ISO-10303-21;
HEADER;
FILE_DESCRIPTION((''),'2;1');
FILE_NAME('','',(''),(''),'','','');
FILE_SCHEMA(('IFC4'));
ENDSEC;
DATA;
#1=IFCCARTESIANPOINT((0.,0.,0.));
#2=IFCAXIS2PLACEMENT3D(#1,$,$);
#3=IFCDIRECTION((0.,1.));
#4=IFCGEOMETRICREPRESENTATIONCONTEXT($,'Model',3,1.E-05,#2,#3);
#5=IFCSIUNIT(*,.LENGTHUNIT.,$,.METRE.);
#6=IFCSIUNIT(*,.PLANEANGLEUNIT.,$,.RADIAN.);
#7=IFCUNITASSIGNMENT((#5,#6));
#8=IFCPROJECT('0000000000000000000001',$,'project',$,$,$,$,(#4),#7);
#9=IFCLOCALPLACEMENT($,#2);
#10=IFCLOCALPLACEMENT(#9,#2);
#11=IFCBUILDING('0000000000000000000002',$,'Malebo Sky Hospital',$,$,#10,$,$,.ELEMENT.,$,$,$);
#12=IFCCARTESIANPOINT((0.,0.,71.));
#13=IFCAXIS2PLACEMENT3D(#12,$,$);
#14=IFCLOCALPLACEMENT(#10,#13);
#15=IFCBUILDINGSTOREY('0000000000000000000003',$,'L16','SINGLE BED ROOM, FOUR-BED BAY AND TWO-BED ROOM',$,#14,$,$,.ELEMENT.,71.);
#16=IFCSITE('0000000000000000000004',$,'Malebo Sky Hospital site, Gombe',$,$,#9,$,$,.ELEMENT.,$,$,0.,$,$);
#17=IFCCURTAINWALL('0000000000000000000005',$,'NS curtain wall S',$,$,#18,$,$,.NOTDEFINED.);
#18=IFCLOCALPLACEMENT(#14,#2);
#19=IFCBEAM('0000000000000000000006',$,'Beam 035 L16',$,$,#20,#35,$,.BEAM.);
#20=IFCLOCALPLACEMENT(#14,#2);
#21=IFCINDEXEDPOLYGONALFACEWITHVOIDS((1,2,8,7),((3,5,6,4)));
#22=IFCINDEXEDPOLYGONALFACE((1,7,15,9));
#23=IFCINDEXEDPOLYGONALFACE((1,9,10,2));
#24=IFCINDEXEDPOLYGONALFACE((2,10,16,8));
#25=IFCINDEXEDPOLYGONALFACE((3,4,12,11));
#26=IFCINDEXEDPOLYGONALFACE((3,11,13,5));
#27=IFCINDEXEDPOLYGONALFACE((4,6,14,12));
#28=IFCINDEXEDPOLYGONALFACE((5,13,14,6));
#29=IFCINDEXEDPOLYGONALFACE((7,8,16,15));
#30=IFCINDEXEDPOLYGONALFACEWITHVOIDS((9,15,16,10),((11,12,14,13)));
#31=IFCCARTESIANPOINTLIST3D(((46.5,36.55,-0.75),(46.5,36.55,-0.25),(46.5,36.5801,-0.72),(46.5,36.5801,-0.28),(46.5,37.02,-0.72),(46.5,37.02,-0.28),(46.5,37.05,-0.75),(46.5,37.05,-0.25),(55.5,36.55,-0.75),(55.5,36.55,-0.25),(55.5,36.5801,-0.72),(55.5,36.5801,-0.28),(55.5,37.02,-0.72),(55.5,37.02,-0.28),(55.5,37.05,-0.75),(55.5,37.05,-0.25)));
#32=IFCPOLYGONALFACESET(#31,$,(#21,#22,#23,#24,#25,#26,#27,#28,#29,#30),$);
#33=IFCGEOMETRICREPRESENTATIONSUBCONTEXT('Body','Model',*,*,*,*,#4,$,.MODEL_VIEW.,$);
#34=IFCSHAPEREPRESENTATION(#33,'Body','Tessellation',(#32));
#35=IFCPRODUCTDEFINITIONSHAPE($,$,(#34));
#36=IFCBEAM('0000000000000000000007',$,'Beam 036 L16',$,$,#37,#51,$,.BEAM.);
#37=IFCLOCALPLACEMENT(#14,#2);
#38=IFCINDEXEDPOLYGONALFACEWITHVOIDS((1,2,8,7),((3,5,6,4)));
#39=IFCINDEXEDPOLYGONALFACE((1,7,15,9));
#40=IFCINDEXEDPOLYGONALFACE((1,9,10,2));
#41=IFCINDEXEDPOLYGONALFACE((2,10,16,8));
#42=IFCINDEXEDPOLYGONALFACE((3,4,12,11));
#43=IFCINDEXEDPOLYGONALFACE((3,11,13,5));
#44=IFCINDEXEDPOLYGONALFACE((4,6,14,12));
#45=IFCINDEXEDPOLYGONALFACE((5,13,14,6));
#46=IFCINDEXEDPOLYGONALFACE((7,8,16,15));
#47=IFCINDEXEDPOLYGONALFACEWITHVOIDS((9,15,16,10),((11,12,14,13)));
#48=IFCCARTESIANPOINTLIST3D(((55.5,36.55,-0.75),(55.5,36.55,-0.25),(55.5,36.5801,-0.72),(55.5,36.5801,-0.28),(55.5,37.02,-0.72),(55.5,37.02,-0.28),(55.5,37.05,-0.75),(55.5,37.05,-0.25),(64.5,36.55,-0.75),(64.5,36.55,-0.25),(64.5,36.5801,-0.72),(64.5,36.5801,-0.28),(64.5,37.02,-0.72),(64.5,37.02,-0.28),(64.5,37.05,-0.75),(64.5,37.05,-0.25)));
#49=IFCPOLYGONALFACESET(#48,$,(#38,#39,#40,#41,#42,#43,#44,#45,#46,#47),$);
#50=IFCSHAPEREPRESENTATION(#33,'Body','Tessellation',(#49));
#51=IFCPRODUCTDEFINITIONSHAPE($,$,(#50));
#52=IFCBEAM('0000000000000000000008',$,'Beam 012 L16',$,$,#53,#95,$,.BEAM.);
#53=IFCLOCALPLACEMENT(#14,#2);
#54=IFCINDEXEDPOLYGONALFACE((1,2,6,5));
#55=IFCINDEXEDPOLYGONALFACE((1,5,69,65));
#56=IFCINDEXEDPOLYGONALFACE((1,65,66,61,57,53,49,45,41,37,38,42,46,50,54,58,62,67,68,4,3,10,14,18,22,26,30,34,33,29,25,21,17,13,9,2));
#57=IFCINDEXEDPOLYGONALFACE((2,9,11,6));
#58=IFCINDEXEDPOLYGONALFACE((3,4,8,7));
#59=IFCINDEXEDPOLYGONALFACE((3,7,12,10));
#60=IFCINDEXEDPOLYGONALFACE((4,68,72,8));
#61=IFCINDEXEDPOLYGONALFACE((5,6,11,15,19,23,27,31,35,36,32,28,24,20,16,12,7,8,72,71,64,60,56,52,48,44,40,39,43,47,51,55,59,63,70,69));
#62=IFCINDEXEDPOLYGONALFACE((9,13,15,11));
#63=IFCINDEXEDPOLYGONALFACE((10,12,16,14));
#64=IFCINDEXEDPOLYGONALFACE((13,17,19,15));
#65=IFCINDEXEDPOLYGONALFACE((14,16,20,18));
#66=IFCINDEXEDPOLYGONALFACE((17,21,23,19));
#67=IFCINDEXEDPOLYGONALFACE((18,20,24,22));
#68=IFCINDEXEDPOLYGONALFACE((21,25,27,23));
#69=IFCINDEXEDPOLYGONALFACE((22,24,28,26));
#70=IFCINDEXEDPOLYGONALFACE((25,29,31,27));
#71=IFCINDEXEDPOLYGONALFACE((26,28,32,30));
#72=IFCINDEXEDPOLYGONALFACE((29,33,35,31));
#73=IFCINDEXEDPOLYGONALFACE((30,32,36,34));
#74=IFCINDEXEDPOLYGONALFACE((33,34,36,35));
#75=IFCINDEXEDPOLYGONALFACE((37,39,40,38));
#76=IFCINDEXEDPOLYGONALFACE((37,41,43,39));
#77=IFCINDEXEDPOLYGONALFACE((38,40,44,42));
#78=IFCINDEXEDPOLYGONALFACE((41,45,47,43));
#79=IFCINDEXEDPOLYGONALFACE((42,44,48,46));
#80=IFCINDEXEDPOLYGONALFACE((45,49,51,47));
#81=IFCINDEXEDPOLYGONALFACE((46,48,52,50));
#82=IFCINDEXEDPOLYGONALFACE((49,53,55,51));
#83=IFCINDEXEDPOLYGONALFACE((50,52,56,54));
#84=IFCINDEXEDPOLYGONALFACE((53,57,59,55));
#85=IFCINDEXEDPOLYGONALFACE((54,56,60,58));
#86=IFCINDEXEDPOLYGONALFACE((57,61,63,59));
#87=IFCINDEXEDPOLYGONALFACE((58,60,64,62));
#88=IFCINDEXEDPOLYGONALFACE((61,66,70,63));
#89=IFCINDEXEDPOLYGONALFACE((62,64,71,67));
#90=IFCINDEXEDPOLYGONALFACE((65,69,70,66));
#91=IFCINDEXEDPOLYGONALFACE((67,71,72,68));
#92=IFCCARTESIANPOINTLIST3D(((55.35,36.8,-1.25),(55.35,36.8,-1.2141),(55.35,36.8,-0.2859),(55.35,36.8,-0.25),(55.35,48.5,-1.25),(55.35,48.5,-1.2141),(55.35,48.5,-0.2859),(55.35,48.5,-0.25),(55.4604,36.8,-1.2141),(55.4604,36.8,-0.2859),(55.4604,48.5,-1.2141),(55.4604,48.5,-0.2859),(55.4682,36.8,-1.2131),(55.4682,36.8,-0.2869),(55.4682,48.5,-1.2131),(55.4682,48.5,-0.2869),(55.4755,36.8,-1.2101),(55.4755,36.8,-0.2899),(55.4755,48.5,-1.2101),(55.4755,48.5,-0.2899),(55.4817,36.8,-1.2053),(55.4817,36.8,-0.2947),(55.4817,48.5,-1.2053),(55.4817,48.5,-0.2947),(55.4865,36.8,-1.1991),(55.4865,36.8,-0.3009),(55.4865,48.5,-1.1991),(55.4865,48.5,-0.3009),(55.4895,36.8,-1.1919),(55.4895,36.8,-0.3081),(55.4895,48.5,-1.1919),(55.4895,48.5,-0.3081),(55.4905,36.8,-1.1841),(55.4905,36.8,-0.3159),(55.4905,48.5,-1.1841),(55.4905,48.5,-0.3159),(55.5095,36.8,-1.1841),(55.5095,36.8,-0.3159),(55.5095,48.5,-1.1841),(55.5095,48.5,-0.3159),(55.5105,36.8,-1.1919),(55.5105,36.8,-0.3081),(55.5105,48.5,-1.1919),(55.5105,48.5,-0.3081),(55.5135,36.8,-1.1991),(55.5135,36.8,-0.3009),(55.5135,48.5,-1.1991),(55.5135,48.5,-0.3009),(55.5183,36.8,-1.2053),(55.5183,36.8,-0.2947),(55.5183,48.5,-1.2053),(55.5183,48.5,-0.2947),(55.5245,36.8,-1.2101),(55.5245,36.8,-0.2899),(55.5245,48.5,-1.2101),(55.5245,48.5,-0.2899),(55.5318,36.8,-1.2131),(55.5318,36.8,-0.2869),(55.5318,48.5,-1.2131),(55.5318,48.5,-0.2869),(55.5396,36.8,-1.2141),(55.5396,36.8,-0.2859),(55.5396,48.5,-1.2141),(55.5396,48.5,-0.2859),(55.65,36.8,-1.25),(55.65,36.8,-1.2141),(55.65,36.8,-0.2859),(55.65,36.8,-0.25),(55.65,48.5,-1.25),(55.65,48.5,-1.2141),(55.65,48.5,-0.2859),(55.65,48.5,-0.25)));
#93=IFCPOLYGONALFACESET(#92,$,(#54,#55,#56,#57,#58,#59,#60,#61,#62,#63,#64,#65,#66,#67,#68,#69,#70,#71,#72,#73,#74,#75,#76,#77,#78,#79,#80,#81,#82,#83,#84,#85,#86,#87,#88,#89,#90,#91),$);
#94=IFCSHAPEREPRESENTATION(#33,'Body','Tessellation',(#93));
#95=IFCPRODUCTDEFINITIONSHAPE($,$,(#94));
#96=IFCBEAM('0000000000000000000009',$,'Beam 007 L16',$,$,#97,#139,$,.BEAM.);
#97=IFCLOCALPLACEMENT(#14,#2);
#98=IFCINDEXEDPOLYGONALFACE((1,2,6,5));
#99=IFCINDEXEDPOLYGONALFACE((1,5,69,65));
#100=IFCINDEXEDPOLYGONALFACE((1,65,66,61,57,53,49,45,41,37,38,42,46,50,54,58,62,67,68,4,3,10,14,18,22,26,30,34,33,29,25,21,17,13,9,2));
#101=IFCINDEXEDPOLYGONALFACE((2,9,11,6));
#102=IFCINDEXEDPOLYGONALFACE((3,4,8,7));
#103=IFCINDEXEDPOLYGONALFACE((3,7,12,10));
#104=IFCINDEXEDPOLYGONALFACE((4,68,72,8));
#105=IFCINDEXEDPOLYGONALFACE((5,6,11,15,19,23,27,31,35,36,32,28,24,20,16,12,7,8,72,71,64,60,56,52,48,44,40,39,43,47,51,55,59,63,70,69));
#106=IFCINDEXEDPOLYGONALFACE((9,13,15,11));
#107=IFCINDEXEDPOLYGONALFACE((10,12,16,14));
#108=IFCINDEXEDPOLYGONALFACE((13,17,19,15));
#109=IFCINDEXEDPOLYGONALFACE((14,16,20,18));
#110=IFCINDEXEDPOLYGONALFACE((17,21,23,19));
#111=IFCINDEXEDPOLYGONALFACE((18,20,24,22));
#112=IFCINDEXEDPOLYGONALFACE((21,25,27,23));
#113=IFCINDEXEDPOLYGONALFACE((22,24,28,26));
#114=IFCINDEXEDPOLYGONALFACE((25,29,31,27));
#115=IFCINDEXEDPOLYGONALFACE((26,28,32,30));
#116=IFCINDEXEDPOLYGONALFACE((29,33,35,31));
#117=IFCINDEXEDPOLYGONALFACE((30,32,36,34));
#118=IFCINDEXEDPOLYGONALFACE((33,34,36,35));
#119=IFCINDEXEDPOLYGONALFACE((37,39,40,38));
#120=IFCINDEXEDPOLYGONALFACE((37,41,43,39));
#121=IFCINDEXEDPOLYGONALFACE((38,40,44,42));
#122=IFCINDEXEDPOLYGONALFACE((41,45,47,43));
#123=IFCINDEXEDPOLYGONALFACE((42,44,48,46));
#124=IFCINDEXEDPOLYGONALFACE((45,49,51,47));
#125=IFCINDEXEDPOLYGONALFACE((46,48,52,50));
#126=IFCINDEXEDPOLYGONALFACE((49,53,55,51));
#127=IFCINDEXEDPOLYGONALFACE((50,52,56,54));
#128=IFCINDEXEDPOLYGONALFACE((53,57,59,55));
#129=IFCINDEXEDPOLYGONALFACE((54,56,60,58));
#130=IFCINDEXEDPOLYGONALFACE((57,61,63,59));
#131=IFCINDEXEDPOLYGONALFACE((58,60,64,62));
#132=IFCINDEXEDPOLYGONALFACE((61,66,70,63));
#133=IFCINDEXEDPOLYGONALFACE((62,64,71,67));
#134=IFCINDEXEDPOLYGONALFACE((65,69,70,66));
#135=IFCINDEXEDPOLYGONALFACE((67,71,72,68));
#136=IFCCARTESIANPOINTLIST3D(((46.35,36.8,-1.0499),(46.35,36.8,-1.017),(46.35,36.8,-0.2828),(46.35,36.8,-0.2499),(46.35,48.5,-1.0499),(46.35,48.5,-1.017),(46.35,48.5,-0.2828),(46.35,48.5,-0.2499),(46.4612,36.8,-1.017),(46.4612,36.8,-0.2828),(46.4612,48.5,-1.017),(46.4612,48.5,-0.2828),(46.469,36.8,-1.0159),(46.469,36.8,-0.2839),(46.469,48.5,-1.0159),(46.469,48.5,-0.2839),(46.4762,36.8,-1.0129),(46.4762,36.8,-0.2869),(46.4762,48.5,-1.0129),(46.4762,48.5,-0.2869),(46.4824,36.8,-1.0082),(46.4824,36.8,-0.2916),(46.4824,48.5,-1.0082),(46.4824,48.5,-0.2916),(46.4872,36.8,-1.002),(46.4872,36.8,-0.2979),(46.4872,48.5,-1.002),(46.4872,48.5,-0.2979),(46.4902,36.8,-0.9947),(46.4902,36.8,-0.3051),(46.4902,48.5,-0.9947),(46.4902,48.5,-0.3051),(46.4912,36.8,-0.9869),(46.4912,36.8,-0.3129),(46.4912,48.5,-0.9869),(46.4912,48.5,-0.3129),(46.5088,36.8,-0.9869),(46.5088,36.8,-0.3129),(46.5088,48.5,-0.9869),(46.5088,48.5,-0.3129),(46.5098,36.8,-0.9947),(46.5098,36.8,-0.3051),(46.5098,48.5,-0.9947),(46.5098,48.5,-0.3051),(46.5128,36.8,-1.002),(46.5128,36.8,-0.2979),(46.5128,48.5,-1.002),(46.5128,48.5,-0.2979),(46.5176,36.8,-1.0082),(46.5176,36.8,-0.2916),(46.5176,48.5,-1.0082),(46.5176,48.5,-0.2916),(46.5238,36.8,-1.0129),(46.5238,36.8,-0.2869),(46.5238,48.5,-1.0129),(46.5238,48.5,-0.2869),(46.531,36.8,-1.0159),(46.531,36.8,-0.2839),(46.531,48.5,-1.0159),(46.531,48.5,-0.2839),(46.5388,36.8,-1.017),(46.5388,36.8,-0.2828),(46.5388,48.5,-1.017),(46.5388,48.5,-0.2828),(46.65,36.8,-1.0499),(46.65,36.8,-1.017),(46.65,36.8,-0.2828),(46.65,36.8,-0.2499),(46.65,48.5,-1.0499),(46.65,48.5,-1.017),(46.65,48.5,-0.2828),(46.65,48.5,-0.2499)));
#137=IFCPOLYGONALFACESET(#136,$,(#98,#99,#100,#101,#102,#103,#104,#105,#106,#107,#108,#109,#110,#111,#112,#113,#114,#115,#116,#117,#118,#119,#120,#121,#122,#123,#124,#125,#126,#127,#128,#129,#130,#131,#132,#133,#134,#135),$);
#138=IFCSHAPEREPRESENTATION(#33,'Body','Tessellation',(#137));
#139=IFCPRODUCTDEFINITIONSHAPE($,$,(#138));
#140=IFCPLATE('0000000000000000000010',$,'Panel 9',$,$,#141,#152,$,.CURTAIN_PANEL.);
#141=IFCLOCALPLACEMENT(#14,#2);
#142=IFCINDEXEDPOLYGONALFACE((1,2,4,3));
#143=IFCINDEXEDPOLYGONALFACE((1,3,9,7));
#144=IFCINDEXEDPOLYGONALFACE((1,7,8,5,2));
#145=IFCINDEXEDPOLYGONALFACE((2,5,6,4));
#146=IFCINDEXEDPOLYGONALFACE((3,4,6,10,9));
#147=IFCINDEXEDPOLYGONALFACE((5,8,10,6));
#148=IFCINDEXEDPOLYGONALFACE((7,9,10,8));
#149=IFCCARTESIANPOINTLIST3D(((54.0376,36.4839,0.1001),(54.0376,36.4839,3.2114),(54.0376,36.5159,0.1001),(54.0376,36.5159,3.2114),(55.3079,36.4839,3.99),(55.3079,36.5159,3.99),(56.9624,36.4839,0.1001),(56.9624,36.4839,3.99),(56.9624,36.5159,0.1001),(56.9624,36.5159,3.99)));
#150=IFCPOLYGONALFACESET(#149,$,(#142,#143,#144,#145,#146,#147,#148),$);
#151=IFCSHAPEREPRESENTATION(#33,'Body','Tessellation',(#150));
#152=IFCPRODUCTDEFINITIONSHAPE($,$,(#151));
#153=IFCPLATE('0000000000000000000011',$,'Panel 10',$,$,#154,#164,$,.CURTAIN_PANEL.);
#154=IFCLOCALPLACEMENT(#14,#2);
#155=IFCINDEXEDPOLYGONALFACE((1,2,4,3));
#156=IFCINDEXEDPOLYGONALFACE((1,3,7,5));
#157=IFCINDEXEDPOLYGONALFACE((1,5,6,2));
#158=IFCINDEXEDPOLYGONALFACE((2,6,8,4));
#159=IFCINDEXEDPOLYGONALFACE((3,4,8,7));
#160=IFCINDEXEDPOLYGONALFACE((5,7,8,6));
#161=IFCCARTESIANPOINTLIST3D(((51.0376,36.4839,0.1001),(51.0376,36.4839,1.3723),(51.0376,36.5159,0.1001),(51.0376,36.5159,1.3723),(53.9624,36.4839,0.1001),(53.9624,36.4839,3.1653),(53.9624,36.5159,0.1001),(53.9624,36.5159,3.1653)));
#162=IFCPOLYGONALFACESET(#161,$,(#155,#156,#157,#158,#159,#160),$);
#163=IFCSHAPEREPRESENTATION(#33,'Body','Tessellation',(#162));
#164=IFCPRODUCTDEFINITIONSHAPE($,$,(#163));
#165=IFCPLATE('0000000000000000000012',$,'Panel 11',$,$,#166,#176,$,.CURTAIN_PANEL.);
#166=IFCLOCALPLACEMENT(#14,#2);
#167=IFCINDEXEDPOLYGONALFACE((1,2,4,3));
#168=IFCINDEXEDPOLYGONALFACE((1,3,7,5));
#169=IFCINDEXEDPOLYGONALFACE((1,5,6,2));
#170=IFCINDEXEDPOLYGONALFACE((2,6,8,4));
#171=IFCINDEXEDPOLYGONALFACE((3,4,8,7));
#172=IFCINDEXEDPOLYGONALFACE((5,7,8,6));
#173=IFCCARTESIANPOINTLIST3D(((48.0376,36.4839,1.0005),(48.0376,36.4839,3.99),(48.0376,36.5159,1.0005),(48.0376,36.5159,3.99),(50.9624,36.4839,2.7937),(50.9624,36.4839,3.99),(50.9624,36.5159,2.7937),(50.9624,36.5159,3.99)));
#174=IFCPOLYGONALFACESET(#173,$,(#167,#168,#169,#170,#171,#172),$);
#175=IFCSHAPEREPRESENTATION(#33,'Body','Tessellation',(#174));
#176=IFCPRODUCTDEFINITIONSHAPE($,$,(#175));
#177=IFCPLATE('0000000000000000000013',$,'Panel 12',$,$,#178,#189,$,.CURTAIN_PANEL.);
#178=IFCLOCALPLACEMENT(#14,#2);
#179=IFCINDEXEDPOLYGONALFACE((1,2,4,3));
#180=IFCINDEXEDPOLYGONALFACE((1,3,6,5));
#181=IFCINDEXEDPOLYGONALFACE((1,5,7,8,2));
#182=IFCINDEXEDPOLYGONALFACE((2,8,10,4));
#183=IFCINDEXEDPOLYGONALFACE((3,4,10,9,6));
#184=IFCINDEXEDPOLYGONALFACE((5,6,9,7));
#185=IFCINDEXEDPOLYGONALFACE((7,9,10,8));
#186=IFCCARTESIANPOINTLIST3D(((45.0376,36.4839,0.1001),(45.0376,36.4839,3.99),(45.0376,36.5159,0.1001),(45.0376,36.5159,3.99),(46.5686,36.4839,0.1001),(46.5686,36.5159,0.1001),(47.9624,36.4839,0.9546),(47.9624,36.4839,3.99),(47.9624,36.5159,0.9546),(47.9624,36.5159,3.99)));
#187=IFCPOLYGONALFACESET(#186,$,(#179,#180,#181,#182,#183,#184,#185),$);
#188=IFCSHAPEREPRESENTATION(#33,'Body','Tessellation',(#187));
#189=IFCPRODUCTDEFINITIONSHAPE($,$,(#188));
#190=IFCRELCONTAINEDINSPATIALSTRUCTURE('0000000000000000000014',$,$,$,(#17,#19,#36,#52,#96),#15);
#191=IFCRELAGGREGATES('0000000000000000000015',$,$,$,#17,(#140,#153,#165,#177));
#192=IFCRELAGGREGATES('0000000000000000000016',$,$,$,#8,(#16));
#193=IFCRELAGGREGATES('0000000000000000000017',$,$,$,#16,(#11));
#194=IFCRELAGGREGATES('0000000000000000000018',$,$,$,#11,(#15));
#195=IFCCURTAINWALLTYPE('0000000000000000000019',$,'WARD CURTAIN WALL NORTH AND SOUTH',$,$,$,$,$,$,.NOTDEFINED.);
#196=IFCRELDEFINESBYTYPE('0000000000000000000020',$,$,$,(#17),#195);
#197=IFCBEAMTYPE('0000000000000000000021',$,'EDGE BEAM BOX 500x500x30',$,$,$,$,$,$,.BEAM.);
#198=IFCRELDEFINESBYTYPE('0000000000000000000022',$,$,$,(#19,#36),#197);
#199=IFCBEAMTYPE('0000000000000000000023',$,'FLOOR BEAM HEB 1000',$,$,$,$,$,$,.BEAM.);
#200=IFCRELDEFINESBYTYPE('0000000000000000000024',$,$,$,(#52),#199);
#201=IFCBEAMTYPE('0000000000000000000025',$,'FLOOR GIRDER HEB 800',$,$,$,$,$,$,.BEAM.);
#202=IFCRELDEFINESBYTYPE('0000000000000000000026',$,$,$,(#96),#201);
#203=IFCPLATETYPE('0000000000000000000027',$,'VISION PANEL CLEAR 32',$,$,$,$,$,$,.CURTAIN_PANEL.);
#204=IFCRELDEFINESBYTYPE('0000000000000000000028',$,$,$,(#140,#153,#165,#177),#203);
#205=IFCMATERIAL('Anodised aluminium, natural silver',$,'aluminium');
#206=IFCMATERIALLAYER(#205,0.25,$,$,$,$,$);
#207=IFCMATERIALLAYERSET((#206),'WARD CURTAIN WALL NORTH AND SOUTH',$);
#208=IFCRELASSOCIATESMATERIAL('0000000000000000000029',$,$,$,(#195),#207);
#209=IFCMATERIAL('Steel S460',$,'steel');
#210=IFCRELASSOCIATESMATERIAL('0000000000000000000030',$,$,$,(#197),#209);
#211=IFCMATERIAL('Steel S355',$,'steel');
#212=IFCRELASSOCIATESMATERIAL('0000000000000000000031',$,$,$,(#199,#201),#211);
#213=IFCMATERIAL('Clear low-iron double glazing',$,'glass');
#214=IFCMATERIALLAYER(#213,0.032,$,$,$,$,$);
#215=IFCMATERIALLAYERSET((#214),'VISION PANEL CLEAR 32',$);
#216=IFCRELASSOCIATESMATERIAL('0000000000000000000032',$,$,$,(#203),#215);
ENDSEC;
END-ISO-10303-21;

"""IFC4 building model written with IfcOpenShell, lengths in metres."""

from ifc_helpers import new_model, si_unit, direction, frame, origin, origin_2d, place, context, subcontext, project, spatial, polyline, hollow_rectangle, i_section, outline, extrude, material, layer, layer_set, material_profile, profile_set, type_object, element, aggregate, save


model = new_model("IFC4")

# Units and contexts
model_context = context("Model", 3, precision=1e-05, world=origin(), true_north=direction((0.0, 1.0)))
body_context = subcontext(model_context, "Body", "Model", "MODEL_VIEW")
ifc_project = project(units=[si_unit("LENGTHUNIT", "METRE"), si_unit("PLANEANGLEUNIT", "RADIAN")], contexts=[model_context])

# Site, building, storey
site_placement = place(None, origin())
site = spatial("IfcSite", under=ifc_project, at=site_placement, Name="Malebo Sky Hospital site, Gombe", CompositionType="ELEMENT", RefElevation=0.0)
building_placement = place(site_placement, origin())
building = spatial("IfcBuilding", under=site, at=building_placement, Name="Malebo Sky Hospital", CompositionType="ELEMENT")
storey_placement = place(building_placement, frame((0.0, 0.0, 71.0)))
storey = spatial("IfcBuildingStorey", under=building, at=storey_placement, Name="L16", Description="SINGLE BED ROOM, FOUR-BED BAY AND TWO-BED ROOM", CompositionType="ELEMENT", Elevation=71.0)

# Shared definitions
ifc_material_1 = material(Name="Steel S460", Category="steel")

# Curtain wall
ifc_material_2 = material(Name="Anodised aluminium, natural silver", Category="aluminium")
ifc_layer_1 = layer(ifc_material_2, 0.25)
ifc_layer_set_1 = layer_set([ifc_layer_1], Name="WARD CURTAIN WALL NORTH AND SOUTH")
curtain_wall_type = type_object("IfcCurtainWallType", Name="WARD CURTAIN WALL NORTH AND SOUTH", PredefinedType="NOTDEFINED", material=ifc_layer_set_1)
curtain_wall_placement = place(storey_placement, origin())
curtain_wall = element("IfcCurtainWall", 1, at=curtain_wall_placement, inside=storey, type_object=curtain_wall_type, Name="NS curtain wall S", PredefinedType="NOTDEFINED")

# Shared definitions
ifc_material_3 = material(Name="Steel S355", Category="steel")

# Beams
ifc_material_profile_1 = material_profile(ifc_material_1, hollow_rectangle(XDim=0.5, YDim=0.5, WallThickness=0.03, at=origin_2d()), Name="BOX 500x500x30")
ifc_profile_set_1 = profile_set([ifc_material_profile_1], Name="Steel S460")
beam_type_1 = type_object("IfcBeamType", Name="EDGE BEAM BOX 500x500x30", PredefinedType="BEAM", material=ifc_profile_set_1)
for number, where, z_axis, x_axis, name in (
    (2, (46.5, 36.8, -0.5), (1.0, 0.0, 0.0), (0.0, 1.0, 0.0), "Beam 035 L16"),
    (3, (55.5, 36.8, -0.5), (1.0, 0.0, 0.0), (0.0, 1.0, 0.0), "Beam 036 L16"),
):
    element("IfcBeam", number, at=place(storey_placement, frame(where, z_axis=z_axis, x_axis=x_axis)), inside=storey, type_object=beam_type_1, Name=name, PredefinedType="BEAM", context=body_context, shape_type="SweptSolid", body=[
        extrude(hollow_rectangle(XDim=0.5, YDim=0.5, WallThickness=0.03, at=origin_2d()), origin(), (0.0, 0.0, 1.0), 9.0),
    ])
ifc_material_profile_2 = material_profile(ifc_material_3, i_section(OverallWidth=0.3, OverallDepth=1.0, WebThickness=0.019, FlangeThickness=0.0359, FilletRadius=0.03, at=origin_2d()), Name="HEB 1000")
ifc_profile_set_2 = profile_set([ifc_material_profile_2], Name="Steel S355")
beam_type_2 = type_object("IfcBeamType", Name="FLOOR BEAM HEB 1000", PredefinedType="BEAM", material=ifc_profile_set_2)
beam_1_placement = place(storey_placement, frame((55.5, 36.8, -0.75), z_axis=(0.0, 1.0, 0.0), x_axis=(-1.0, 0.0, 0.0)))
element("IfcBeam", 4, at=beam_1_placement, inside=storey, type_object=beam_type_2, Name="Beam 012 L16", PredefinedType="BEAM", context=body_context, shape_type="SweptSolid", body=[
    extrude(i_section(OverallWidth=0.3, OverallDepth=1.0, WebThickness=0.019, FlangeThickness=0.0359, FilletRadius=0.03, at=origin_2d()), origin(), (0.0, 0.0, 1.0), 11.7),
])
ifc_material_profile_3 = material_profile(ifc_material_3, i_section(OverallWidth=0.3, OverallDepth=0.8, WebThickness=0.0176, FlangeThickness=0.033, FilletRadius=0.03, at=origin_2d()), Name="HEB 800")
ifc_profile_set_3 = profile_set([ifc_material_profile_3], Name="Steel S355")
beam_type_3 = type_object("IfcBeamType", Name="FLOOR GIRDER HEB 800", PredefinedType="BEAM", material=ifc_profile_set_3)
beam_2_placement = place(storey_placement, frame((46.5, 36.8, -0.6499), z_axis=(0.0, 1.0, 0.0), x_axis=(-1.0, 0.0, 0.0)))
element("IfcBeam", 5, at=beam_2_placement, inside=storey, type_object=beam_type_3, Name="Beam 007 L16", PredefinedType="BEAM", context=body_context, shape_type="SweptSolid", body=[
    extrude(i_section(OverallWidth=0.3, OverallDepth=0.8, WebThickness=0.0176, FlangeThickness=0.033, FilletRadius=0.03, at=origin_2d()), origin(), (0.0, 0.0, 1.0), 11.7),
])

# Plates
ifc_material_4 = material(Name="Clear low-iron double glazing", Category="glass")
ifc_layer_2 = layer(ifc_material_4, 0.032)
ifc_layer_set_2 = layer_set([ifc_layer_2], Name="VISION PANEL CLEAR 32")
plate_type = type_object("IfcPlateType", Name="VISION PANEL CLEAR 32", PredefinedType="CURTAIN_PANEL", material=ifc_layer_set_2)
plate_1_placement = place(storey_placement, frame((55.5, 36.5, 0.1001), z_axis=(0.0, 0.0, 1.0), x_axis=(-1.0, 0.0, 0.0)))
plate_1 = element("IfcPlate", 6, at=plate_1_placement, type_object=plate_type, Name="Panel 9", PredefinedType="CURTAIN_PANEL", context=body_context, shape_type="SweptSolid", body=[
    extrude(outline(polyline([(-1.4624, 0.0), (1.4624, 0.0), (1.4624, 3.1113), (0.1921, 3.8899), (-1.4624, 3.8899), (-1.4624, 0.0)])), frame((0.0, 0.0161, 0.0), z_axis=(0.0, -1.0, 0.0), x_axis=(1.0, 0.0, 0.0)), (0.0, 0.0, 1.0), 0.032),
])
plate_2_placement = place(storey_placement, frame((52.5, 36.5, 0.1001), z_axis=(0.0, 0.0, 1.0), x_axis=(-1.0, 0.0, 0.0)))
plate_2 = element("IfcPlate", 7, at=plate_2_placement, type_object=plate_type, Name="Panel 10", PredefinedType="CURTAIN_PANEL", context=body_context, shape_type="SweptSolid", body=[
    extrude(outline(polyline([(-1.4624, 0.0), (1.4624, 0.0), (1.4624, 1.2722), (-1.4624, 3.0652), (-1.4624, 0.0)])), frame((0.0, 0.0161, 0.0), z_axis=(0.0, -1.0, 0.0), x_axis=(1.0, 0.0, 0.0)), (0.0, 0.0, 1.0), 0.032),
])
plate_3_placement = place(storey_placement, frame((49.5, 36.5, 1.0005), z_axis=(0.0, 0.0, 1.0), x_axis=(-1.0, 0.0, 0.0)))
plate_3 = element("IfcPlate", 8, at=plate_3_placement, type_object=plate_type, Name="Panel 11", PredefinedType="CURTAIN_PANEL", context=body_context, shape_type="SweptSolid", body=[
    extrude(outline(polyline([(1.4624, 0.0), (1.4624, 2.9895), (-1.4624, 2.9895), (-1.4624, 1.7932), (1.4624, 0.0)])), frame((0.0, 0.0161, 0.0), z_axis=(0.0, -1.0, 0.0), x_axis=(1.0, 0.0, 0.0)), (0.0, 0.0, 1.0), 0.032),
])
plate_4_placement = place(storey_placement, frame((46.5, 36.5, 0.1001), z_axis=(0.0, 0.0, 1.0), x_axis=(-1.0, 0.0, 0.0)))
plate_4 = element("IfcPlate", 9, at=plate_4_placement, type_object=plate_type, Name="Panel 12", PredefinedType="CURTAIN_PANEL", context=body_context, shape_type="SweptSolid", body=[
    extrude(outline(polyline([(-0.0686, 0.0), (1.4624, 0.0), (1.4624, 3.8899), (-1.4624, 3.8899), (-1.4624, 0.8545), (-0.0686, 0.0)])), frame((0.0, 0.0161, 0.0), z_axis=(0.0, -1.0, 0.0), x_axis=(1.0, 0.0, 0.0)), (0.0, 0.0, 1.0), 0.032),
])
aggregate(curtain_wall, [plate_1, plate_2, plate_3, plate_4])

save(model, "model.ifc")
